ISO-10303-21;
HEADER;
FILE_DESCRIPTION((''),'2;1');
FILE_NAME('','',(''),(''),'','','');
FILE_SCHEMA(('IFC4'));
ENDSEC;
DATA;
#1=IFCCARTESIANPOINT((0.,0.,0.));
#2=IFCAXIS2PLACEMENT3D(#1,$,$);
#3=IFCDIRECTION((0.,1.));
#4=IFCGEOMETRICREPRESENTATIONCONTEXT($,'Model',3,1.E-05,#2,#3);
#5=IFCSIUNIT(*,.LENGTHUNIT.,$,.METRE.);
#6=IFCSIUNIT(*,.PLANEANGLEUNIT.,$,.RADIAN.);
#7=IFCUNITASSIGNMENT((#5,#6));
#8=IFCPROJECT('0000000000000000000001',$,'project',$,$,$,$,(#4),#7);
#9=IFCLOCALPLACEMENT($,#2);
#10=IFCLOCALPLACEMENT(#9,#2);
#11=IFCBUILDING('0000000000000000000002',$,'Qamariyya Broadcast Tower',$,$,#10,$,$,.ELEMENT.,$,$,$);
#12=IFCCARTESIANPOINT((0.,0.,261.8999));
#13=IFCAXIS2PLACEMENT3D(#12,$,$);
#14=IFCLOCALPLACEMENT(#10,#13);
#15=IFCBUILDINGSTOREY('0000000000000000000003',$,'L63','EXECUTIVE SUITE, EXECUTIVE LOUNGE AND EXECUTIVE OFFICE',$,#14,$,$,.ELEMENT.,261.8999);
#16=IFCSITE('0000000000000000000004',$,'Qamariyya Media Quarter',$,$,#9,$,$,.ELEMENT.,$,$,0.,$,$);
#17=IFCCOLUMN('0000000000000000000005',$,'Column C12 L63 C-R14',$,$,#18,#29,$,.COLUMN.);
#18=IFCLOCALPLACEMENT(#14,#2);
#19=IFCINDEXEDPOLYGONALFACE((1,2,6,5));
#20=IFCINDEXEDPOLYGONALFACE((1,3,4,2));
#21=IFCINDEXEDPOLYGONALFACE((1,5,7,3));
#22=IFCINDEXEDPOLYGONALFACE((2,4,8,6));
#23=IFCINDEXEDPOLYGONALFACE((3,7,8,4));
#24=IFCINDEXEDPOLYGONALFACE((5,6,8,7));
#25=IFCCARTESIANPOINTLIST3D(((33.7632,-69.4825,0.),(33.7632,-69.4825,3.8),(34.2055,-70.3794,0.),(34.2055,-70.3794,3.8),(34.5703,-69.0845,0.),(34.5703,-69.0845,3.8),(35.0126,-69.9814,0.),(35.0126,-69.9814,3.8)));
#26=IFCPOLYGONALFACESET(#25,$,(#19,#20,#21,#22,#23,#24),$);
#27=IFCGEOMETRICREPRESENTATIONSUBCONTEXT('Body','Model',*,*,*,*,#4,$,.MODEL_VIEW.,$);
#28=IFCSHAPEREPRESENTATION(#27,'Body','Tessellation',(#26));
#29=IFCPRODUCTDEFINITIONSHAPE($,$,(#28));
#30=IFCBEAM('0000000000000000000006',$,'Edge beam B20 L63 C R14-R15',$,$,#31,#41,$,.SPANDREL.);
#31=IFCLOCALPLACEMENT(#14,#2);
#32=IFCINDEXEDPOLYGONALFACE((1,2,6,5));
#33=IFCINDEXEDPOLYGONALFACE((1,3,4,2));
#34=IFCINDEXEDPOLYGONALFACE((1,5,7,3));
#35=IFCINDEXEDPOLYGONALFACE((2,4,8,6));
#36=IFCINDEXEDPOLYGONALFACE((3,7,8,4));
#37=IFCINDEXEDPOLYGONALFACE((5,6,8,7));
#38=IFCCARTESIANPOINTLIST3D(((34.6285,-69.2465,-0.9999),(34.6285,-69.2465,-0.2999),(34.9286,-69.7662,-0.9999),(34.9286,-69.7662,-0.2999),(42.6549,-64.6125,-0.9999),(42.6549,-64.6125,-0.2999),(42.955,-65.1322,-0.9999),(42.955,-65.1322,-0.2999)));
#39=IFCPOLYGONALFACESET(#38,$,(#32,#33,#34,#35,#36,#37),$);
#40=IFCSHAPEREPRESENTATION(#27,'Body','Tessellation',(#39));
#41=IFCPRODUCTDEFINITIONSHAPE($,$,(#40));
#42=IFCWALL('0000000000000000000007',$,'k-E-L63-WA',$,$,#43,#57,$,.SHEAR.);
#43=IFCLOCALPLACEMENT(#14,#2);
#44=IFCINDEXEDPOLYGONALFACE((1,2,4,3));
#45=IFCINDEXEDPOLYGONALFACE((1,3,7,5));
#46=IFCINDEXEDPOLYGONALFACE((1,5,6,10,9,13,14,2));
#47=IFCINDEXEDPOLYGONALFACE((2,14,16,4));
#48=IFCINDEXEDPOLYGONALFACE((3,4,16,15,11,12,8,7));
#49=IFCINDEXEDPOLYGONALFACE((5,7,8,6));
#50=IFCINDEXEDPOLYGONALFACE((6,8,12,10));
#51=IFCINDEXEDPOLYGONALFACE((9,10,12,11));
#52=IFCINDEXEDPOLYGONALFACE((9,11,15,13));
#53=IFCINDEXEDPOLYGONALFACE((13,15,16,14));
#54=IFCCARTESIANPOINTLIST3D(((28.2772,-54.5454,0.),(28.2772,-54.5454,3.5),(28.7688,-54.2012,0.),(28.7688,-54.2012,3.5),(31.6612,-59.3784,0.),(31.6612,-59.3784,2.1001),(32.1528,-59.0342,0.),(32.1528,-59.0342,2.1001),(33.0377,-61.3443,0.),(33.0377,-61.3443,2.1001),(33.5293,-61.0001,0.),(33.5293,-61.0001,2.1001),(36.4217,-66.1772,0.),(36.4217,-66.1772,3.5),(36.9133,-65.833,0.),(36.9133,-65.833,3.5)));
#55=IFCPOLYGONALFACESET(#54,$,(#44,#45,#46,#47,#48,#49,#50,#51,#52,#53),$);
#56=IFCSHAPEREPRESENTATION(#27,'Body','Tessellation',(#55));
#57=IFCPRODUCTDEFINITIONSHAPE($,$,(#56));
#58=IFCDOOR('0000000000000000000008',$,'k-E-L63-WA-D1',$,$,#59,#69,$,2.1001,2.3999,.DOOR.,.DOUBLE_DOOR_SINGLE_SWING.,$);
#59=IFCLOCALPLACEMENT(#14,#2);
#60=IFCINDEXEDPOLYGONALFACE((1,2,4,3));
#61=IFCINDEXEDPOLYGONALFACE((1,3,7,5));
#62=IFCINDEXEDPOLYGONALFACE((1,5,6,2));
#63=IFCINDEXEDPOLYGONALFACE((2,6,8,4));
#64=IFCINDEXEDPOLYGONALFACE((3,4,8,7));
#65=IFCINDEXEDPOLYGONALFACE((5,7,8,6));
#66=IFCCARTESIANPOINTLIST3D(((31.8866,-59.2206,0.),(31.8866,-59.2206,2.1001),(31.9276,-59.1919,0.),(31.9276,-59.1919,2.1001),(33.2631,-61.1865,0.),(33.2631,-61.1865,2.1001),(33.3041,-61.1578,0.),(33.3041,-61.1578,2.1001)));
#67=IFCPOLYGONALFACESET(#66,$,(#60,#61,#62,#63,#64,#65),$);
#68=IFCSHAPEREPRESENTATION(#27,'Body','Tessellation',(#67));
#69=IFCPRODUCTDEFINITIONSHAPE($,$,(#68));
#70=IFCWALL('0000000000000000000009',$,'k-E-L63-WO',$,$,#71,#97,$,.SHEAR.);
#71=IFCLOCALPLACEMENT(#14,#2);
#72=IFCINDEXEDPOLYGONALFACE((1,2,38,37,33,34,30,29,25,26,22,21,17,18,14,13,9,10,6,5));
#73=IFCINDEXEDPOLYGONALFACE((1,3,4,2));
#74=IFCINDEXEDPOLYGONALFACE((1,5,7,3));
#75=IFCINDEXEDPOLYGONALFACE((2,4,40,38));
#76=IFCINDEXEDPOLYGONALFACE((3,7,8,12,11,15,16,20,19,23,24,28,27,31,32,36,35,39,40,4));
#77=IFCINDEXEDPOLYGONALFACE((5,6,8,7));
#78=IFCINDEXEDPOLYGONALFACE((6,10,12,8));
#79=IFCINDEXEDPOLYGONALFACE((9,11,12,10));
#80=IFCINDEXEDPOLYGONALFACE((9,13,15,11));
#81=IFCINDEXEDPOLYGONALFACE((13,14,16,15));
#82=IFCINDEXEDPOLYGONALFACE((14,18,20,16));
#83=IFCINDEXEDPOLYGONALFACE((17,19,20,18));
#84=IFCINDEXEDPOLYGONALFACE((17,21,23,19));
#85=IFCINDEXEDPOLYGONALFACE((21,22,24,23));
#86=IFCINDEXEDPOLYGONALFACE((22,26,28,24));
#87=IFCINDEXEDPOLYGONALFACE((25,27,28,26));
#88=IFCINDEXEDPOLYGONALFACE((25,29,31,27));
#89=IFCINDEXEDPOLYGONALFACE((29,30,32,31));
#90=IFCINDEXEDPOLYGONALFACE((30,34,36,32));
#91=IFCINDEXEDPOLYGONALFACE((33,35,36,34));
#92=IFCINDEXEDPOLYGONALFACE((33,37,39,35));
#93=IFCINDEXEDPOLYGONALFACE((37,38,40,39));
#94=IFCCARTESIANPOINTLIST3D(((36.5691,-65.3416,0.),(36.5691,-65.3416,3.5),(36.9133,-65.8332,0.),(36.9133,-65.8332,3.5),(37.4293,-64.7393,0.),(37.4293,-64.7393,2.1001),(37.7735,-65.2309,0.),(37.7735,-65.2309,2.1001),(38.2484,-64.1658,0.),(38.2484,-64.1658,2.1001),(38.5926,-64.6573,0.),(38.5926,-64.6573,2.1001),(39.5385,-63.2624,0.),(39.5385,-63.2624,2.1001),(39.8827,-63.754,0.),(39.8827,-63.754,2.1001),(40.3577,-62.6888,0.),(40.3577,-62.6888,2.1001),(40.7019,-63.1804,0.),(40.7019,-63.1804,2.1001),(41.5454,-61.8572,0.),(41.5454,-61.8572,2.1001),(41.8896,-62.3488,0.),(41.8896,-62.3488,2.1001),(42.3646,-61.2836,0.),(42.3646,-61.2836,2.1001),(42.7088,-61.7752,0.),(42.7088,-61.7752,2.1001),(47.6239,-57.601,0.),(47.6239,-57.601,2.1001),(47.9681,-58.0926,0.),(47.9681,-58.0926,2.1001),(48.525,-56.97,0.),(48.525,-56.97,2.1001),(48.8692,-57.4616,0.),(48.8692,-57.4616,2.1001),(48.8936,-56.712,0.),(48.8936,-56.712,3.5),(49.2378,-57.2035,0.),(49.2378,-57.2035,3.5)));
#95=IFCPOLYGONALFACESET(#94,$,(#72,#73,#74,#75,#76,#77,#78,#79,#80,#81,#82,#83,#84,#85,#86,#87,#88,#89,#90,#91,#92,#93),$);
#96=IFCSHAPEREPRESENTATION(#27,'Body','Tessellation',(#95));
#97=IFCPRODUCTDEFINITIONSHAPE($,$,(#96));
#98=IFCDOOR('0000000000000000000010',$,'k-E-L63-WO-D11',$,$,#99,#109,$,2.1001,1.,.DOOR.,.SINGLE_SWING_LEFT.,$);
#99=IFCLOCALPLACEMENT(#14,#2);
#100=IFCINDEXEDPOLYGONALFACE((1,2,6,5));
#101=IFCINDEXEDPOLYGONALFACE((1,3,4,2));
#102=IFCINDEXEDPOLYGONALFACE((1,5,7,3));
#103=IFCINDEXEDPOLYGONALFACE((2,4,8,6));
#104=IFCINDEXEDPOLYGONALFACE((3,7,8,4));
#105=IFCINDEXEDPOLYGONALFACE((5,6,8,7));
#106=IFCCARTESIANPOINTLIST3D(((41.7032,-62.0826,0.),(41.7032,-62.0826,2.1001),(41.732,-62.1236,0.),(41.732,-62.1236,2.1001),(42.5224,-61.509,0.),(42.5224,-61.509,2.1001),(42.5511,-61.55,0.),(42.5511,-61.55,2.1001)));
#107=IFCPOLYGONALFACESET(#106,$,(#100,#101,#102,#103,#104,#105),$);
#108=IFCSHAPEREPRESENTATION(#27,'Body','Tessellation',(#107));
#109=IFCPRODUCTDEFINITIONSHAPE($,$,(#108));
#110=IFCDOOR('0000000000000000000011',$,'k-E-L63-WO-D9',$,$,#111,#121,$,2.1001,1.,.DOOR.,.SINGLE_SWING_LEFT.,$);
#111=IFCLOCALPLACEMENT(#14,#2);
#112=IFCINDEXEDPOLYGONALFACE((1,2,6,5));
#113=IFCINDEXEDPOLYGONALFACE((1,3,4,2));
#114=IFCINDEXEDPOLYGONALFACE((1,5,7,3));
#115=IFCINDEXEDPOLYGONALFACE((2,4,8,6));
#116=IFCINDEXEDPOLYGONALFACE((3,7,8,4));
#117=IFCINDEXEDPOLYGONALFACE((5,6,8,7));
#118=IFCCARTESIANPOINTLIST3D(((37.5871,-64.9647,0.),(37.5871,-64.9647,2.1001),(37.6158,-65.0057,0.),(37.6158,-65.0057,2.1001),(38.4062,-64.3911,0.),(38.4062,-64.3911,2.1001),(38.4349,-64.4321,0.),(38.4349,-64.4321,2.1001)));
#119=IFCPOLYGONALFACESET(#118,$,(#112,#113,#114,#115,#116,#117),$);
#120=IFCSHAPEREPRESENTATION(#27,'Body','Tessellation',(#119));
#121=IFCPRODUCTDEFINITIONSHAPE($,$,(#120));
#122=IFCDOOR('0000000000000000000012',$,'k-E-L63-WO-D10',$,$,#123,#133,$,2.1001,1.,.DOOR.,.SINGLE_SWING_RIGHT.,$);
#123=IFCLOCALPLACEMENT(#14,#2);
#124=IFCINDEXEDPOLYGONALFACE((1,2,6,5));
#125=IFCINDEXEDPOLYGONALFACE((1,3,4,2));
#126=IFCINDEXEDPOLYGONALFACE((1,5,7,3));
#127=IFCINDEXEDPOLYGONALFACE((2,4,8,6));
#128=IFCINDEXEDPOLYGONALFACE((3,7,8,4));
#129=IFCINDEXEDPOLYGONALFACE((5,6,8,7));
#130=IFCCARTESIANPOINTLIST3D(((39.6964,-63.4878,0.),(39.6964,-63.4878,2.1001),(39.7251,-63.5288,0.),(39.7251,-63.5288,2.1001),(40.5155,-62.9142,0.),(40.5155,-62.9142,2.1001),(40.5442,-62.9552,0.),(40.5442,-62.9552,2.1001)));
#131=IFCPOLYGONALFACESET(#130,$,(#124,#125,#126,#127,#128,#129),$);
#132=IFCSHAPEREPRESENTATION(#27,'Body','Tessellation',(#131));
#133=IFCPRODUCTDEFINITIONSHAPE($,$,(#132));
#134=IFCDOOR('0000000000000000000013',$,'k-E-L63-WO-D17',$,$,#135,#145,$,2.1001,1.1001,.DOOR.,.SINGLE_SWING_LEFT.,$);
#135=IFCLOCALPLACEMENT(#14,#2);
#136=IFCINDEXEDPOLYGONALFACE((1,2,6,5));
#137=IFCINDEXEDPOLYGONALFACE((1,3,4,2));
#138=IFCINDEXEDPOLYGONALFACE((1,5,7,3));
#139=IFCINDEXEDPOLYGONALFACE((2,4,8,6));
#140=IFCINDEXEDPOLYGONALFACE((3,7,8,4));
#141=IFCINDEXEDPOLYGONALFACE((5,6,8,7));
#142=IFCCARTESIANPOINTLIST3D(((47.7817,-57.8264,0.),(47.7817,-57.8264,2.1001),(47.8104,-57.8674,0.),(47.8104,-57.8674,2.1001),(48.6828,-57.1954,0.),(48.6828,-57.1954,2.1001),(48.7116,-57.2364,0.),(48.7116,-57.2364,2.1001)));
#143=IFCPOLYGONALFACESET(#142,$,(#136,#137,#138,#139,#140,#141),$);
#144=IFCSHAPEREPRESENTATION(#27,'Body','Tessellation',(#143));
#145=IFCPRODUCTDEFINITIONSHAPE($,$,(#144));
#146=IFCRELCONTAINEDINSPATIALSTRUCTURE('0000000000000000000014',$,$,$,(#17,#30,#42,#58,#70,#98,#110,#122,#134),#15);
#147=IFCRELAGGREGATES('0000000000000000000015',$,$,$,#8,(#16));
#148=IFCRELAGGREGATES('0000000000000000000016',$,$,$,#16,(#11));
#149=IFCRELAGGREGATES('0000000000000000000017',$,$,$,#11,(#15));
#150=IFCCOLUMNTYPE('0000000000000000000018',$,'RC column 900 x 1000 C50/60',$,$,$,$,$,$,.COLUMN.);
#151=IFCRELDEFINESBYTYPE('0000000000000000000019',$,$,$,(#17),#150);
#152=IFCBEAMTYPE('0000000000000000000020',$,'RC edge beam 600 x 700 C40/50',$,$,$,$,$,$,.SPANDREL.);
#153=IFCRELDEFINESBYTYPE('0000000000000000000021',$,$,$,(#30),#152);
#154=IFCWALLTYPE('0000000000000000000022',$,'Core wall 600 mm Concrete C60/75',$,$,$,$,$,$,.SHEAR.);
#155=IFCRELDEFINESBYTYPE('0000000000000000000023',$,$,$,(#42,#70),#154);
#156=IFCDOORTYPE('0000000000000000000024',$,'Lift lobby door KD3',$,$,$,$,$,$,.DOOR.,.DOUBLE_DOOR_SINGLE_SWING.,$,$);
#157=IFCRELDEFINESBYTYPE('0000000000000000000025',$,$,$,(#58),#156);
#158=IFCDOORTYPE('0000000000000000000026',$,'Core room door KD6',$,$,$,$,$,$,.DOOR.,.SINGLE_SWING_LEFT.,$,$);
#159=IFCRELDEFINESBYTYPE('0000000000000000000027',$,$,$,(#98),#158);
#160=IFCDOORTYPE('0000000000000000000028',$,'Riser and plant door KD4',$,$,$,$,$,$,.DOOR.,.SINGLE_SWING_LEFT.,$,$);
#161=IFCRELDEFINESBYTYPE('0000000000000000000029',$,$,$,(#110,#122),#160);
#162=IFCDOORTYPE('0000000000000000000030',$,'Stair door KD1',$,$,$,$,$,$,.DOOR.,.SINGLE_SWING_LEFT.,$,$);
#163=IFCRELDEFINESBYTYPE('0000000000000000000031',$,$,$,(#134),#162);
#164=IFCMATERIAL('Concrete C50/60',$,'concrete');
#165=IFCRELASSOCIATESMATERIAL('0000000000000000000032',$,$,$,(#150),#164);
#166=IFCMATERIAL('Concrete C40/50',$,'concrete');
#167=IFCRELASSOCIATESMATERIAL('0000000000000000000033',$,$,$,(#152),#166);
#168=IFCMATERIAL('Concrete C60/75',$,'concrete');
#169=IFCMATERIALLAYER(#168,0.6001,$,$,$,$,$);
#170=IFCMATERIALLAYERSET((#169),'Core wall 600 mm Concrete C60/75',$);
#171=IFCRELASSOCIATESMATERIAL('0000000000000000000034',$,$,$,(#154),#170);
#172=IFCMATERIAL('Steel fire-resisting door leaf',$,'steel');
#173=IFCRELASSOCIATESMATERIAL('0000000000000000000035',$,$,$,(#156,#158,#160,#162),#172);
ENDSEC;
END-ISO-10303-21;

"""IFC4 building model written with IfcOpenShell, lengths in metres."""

from ifc_helpers import new_model, si_unit, direction, frame, frame_2d, origin, origin_2d, place, context, subcontext, project, spatial, rectangle, extrude, material, layer, layer_set, material_profile, profile_set, type_object, element, fill, save


model = new_model("IFC4")

# Units and contexts
model_context = context("Model", 3, precision=1e-05, world=origin(), true_north=direction((0.0, 1.0)))
body_context = subcontext(model_context, "Body", "Model", "MODEL_VIEW")
ifc_project = project(units=[si_unit("LENGTHUNIT", "METRE"), si_unit("PLANEANGLEUNIT", "RADIAN")], contexts=[model_context])

# Site, building, storey
site_placement = place(None, origin())
site = spatial("IfcSite", under=ifc_project, at=site_placement, Name="Qamariyya Media Quarter", CompositionType="ELEMENT", RefElevation=0.0)
building_placement = place(site_placement, origin())
building = spatial("IfcBuilding", under=site, at=building_placement, Name="Qamariyya Broadcast Tower", CompositionType="ELEMENT")
storey_placement = place(building_placement, frame((0.0, 0.0, 261.8999)))
storey = spatial("IfcBuildingStorey", under=building, at=storey_placement, Name="L63", Description="EXECUTIVE SUITE, EXECUTIVE LOUNGE AND EXECUTIVE OFFICE", CompositionType="ELEMENT", Elevation=261.8999)

# Column
ifc_material_1 = material(Name="Concrete C50/60", Category="concrete")
ifc_material_profile_1 = material_profile(ifc_material_1, rectangle(XDim=0.8999, YDim=1.0, at=origin_2d()))
ifc_profile_set_1 = profile_set([ifc_material_profile_1], Name="Concrete C50/60")
column_type = type_object("IfcColumnType", Name="RC column 900 x 1000 C50/60", PredefinedType="COLUMN", material=ifc_profile_set_1)
column_placement = place(storey_placement, frame((34.3879, -69.7319, 0.0), z_axis=(0.0, 0.0, 1.0), x_axis=(0.896873, 0.442289, 0.0)))
element("IfcColumn", 1, at=column_placement, inside=storey, type_object=column_type, Name="Column C12 L63 C-R14", PredefinedType="COLUMN", context=body_context, shape_type="SweptSolid", body=[
    extrude(rectangle(XDim=0.8999, YDim=1.0, at=origin_2d()), origin(), (0.0, 0.0, 1.0), 3.8),
])

# Beam
ifc_material_2 = material(Name="Concrete C40/50", Category="concrete")
ifc_material_profile_2 = material_profile(ifc_material_2, rectangle(XDim=0.6001, YDim=0.7, at=origin_2d()))
ifc_profile_set_2 = profile_set([ifc_material_profile_2], Name="Concrete C40/50")
beam_type = type_object("IfcBeamType", Name="RC edge beam 600 x 700 C40/50", PredefinedType="SPANDREL", material=ifc_profile_set_2)
beam_placement = place(storey_placement, frame((34.7786, -69.5063, -0.6499), z_axis=(0.866025, 0.500001, 0.0), x_axis=(-0.500001, 0.866025, 0.0)))
element("IfcBeam", 2, at=beam_placement, inside=storey, type_object=beam_type, Name="Edge beam B20 L63 C R14-R15", PredefinedType="SPANDREL", context=body_context, shape_type="SweptSolid", body=[
    extrude(rectangle(XDim=0.6001, YDim=0.7, at=origin_2d()), origin(), (0.0, 0.0, 1.0), 9.2681),
])

# Wall, opening, door
ifc_material_3 = material(Name="Concrete C60/75", Category="concrete")
ifc_layer_1 = layer(ifc_material_3, 0.6001)
ifc_layer_set_1 = layer_set([ifc_layer_1], Name="Core wall 600 mm Concrete C60/75")
wall_type_1 = type_object("IfcWallType", Name="Core wall 600 mm Concrete C60/75", PredefinedType="SHEAR", material=ifc_layer_set_1)
wall_1_placement = place(storey_placement, frame((36.6675, -66.0051, 0.0), z_axis=(0.0, 0.0, 1.0), x_axis=(-0.573568, 0.819158, 0.0)))
wall_1 = element("IfcWall", 3, at=wall_1_placement, inside=storey, type_object=wall_type_1, Name="k-E-L63-WA", PredefinedType="SHEAR", context=body_context, shape_type="SweptSolid", body=[
    extrude(rectangle(XDim=14.1997, YDim=0.6001, at=frame_2d((7.0999, 0.0))), origin(), (0.0, 0.0, 1.0), 3.5),
])
opening_1_placement = place(wall_1_placement, frame((5.8999, 0.0, 0.0)))
opening_1 = element("IfcOpeningElement", 4, at=opening_1_placement, cuts=wall_1, PredefinedType="OPENING", context=body_context, shape_type="SweptSolid", body=[
    extrude(rectangle(XDim=2.3999, YDim=2.1001, at=frame_2d((1.2, 1.05))), frame((0.0, 0.3101, 0.0), z_axis=(0.0, -1.0, 0.0), x_axis=(1.0, 0.0, 0.0)), (0.0, 0.0, 1.0), 0.6201),
])
ifc_material_4 = material(Name="Steel fire-resisting door leaf", Category="steel")
door_type_1 = type_object("IfcDoorType", Name="Lift lobby door KD3", OperationType="DOUBLE_DOOR_SINGLE_SWING", PredefinedType="DOOR", material=ifc_material_4)
door_1_placement = place(opening_1_placement, origin())
door_1 = element("IfcDoor", 5, at=door_1_placement, inside=storey, type_object=door_type_1, Name="k-E-L63-WA-D1", OperationType="DOUBLE_DOOR_SINGLE_SWING", OverallHeight=2.1001, OverallWidth=2.3999, PredefinedType="DOOR", context=body_context, shape_type="SweptSolid", body=[
    extrude(rectangle(XDim=2.3999, YDim=2.1001, at=frame_2d((1.2, 1.05))), frame((0.0, 0.0249, 0.0), z_axis=(0.0, -1.0, 0.0), x_axis=(1.0, 0.0, 0.0)), (0.0, 0.0, 1.0), 0.05),
])
fill(opening_1, door_1)

# Wall, openings, doors
wall_2_placement = place(storey_placement, frame((36.7412, -65.5874, 0.0), z_axis=(0.0, 0.0, 1.0), x_axis=(0.819153, 0.573575, 0.0)))
wall_2 = element("IfcWall", 6, at=wall_2_placement, inside=storey, type_object=wall_type_1, Name="k-E-L63-WO", PredefinedType="SHEAR", context=body_context, shape_type="SweptSolid", body=[
    extrude(rectangle(XDim=15.0454, YDim=0.6001, at=frame_2d((7.5227, 0.0))), origin(), (0.0, 0.0, 1.0), 3.5),
])
opening_2_placement = place(wall_2_placement, frame((1.05, 0.0, 0.0)))
opening_2 = element("IfcOpeningElement", 7, at=opening_2_placement, cuts=wall_2, PredefinedType="OPENING", context=body_context, shape_type="SweptSolid", body=[
    extrude(rectangle(XDim=1.0, YDim=2.1001, at=frame_2d((0.5, 1.05))), frame((0.0, 0.3101, 0.0), z_axis=(0.0, -1.0, 0.0), x_axis=(1.0, 0.0, 0.0)), (0.0, 0.0, 1.0), 0.6201),
])
opening_3_placement = place(wall_2_placement, frame((3.625, 0.0, 0.0)))
opening_3 = element("IfcOpeningElement", 8, at=opening_3_placement, cuts=wall_2, PredefinedType="OPENING", context=body_context, shape_type="SweptSolid", body=[
    extrude(rectangle(XDim=1.0, YDim=2.1001, at=frame_2d((0.5, 1.05))), frame((0.0, 0.3101, 0.0), z_axis=(0.0, -1.0, 0.0), x_axis=(1.0, 0.0, 0.0)), (0.0, 0.0, 1.0), 0.6201),
])
opening_4_placement = place(wall_2_placement, frame((6.075, 0.0, 0.0)))
opening_4 = element("IfcOpeningElement", 9, at=opening_4_placement, cuts=wall_2, PredefinedType="OPENING", context=body_context, shape_type="SweptSolid", body=[
    extrude(rectangle(XDim=1.0, YDim=2.1001, at=frame_2d((0.5, 1.05))), frame((0.0, 0.3101, 0.0), z_axis=(0.0, -1.0, 0.0), x_axis=(1.0, 0.0, 0.0)), (0.0, 0.0, 1.0), 0.6201),
])
opening_5_placement = place(wall_2_placement, frame((13.4954, 0.0, 0.0)))
opening_5 = element("IfcOpeningElement", 10, at=opening_5_placement, cuts=wall_2, PredefinedType="OPENING", context=body_context, shape_type="SweptSolid", body=[
    extrude(rectangle(XDim=1.1001, YDim=2.1001, at=frame_2d((0.55, 1.05))), frame((0.0, 0.3101, 0.0), z_axis=(0.0, -1.0, 0.0), x_axis=(1.0, 0.0, 0.0)), (0.0, 0.0, 1.0), 0.6201),
])
door_type_2 = type_object("IfcDoorType", Name="Core room door KD6", OperationType="SINGLE_SWING_LEFT", PredefinedType="DOOR", material=ifc_material_4)
door_2_placement = place(opening_4_placement, origin())
door_2 = element("IfcDoor", 11, at=door_2_placement, inside=storey, type_object=door_type_2, Name="k-E-L63-WO-D11", OperationType="SINGLE_SWING_LEFT", OverallHeight=2.1001, OverallWidth=1.0, PredefinedType="DOOR", context=body_context, shape_type="SweptSolid", body=[
    extrude(rectangle(XDim=1.0, YDim=2.1001, at=frame_2d((0.5, 1.05))), frame((0.0, 0.0249, 0.0), z_axis=(0.0, -1.0, 0.0), x_axis=(1.0, 0.0, 0.0)), (0.0, 0.0, 1.0), 0.05),
])
fill(opening_4, door_2)
door_type_3 = type_object("IfcDoorType", Name="Riser and plant door KD4", OperationType="SINGLE_SWING_LEFT", PredefinedType="DOOR", material=ifc_material_4)
door_3_placement = place(opening_2_placement, origin())
door_3 = element("IfcDoor", 12, at=door_3_placement, inside=storey, type_object=door_type_3, Name="k-E-L63-WO-D9", OperationType="SINGLE_SWING_LEFT", OverallHeight=2.1001, OverallWidth=1.0, PredefinedType="DOOR", context=body_context, shape_type="SweptSolid", body=[
    extrude(rectangle(XDim=1.0, YDim=2.1001, at=frame_2d((0.5, 1.05))), frame((0.0, 0.0249, 0.0), z_axis=(0.0, -1.0, 0.0), x_axis=(1.0, 0.0, 0.0)), (0.0, 0.0, 1.0), 0.05),
])
fill(opening_2, door_3)
door_4_placement = place(opening_3_placement, origin())
door_4 = element("IfcDoor", 13, at=door_4_placement, inside=storey, type_object=door_type_3, Name="k-E-L63-WO-D10", OperationType="SINGLE_SWING_RIGHT", OverallHeight=2.1001, OverallWidth=1.0, PredefinedType="DOOR", context=body_context, shape_type="SweptSolid", body=[
    extrude(rectangle(XDim=1.0, YDim=2.1001, at=frame_2d((0.5, 1.05))), frame((0.0, 0.0249, 0.0), z_axis=(0.0, -1.0, 0.0), x_axis=(1.0, 0.0, 0.0)), (0.0, 0.0, 1.0), 0.05),
])
fill(opening_3, door_4)
door_type_4 = type_object("IfcDoorType", Name="Stair door KD1", OperationType="SINGLE_SWING_LEFT", PredefinedType="DOOR", material=ifc_material_4)
door_5_placement = place(opening_5_placement, origin())
door_5 = element("IfcDoor", 14, at=door_5_placement, inside=storey, type_object=door_type_4, Name="k-E-L63-WO-D17", OperationType="SINGLE_SWING_LEFT", OverallHeight=2.1001, OverallWidth=1.1001, PredefinedType="DOOR", context=body_context, shape_type="SweptSolid", body=[
    extrude(rectangle(XDim=1.1001, YDim=2.1001, at=frame_2d((0.55, 1.05))), frame((0.0, 0.0249, 0.0), z_axis=(0.0, -1.0, 0.0), x_axis=(1.0, 0.0, 0.0)), (0.0, 0.0, 1.0), 0.05),
])
fill(opening_5, door_5)

save(model, "model.ifc")
